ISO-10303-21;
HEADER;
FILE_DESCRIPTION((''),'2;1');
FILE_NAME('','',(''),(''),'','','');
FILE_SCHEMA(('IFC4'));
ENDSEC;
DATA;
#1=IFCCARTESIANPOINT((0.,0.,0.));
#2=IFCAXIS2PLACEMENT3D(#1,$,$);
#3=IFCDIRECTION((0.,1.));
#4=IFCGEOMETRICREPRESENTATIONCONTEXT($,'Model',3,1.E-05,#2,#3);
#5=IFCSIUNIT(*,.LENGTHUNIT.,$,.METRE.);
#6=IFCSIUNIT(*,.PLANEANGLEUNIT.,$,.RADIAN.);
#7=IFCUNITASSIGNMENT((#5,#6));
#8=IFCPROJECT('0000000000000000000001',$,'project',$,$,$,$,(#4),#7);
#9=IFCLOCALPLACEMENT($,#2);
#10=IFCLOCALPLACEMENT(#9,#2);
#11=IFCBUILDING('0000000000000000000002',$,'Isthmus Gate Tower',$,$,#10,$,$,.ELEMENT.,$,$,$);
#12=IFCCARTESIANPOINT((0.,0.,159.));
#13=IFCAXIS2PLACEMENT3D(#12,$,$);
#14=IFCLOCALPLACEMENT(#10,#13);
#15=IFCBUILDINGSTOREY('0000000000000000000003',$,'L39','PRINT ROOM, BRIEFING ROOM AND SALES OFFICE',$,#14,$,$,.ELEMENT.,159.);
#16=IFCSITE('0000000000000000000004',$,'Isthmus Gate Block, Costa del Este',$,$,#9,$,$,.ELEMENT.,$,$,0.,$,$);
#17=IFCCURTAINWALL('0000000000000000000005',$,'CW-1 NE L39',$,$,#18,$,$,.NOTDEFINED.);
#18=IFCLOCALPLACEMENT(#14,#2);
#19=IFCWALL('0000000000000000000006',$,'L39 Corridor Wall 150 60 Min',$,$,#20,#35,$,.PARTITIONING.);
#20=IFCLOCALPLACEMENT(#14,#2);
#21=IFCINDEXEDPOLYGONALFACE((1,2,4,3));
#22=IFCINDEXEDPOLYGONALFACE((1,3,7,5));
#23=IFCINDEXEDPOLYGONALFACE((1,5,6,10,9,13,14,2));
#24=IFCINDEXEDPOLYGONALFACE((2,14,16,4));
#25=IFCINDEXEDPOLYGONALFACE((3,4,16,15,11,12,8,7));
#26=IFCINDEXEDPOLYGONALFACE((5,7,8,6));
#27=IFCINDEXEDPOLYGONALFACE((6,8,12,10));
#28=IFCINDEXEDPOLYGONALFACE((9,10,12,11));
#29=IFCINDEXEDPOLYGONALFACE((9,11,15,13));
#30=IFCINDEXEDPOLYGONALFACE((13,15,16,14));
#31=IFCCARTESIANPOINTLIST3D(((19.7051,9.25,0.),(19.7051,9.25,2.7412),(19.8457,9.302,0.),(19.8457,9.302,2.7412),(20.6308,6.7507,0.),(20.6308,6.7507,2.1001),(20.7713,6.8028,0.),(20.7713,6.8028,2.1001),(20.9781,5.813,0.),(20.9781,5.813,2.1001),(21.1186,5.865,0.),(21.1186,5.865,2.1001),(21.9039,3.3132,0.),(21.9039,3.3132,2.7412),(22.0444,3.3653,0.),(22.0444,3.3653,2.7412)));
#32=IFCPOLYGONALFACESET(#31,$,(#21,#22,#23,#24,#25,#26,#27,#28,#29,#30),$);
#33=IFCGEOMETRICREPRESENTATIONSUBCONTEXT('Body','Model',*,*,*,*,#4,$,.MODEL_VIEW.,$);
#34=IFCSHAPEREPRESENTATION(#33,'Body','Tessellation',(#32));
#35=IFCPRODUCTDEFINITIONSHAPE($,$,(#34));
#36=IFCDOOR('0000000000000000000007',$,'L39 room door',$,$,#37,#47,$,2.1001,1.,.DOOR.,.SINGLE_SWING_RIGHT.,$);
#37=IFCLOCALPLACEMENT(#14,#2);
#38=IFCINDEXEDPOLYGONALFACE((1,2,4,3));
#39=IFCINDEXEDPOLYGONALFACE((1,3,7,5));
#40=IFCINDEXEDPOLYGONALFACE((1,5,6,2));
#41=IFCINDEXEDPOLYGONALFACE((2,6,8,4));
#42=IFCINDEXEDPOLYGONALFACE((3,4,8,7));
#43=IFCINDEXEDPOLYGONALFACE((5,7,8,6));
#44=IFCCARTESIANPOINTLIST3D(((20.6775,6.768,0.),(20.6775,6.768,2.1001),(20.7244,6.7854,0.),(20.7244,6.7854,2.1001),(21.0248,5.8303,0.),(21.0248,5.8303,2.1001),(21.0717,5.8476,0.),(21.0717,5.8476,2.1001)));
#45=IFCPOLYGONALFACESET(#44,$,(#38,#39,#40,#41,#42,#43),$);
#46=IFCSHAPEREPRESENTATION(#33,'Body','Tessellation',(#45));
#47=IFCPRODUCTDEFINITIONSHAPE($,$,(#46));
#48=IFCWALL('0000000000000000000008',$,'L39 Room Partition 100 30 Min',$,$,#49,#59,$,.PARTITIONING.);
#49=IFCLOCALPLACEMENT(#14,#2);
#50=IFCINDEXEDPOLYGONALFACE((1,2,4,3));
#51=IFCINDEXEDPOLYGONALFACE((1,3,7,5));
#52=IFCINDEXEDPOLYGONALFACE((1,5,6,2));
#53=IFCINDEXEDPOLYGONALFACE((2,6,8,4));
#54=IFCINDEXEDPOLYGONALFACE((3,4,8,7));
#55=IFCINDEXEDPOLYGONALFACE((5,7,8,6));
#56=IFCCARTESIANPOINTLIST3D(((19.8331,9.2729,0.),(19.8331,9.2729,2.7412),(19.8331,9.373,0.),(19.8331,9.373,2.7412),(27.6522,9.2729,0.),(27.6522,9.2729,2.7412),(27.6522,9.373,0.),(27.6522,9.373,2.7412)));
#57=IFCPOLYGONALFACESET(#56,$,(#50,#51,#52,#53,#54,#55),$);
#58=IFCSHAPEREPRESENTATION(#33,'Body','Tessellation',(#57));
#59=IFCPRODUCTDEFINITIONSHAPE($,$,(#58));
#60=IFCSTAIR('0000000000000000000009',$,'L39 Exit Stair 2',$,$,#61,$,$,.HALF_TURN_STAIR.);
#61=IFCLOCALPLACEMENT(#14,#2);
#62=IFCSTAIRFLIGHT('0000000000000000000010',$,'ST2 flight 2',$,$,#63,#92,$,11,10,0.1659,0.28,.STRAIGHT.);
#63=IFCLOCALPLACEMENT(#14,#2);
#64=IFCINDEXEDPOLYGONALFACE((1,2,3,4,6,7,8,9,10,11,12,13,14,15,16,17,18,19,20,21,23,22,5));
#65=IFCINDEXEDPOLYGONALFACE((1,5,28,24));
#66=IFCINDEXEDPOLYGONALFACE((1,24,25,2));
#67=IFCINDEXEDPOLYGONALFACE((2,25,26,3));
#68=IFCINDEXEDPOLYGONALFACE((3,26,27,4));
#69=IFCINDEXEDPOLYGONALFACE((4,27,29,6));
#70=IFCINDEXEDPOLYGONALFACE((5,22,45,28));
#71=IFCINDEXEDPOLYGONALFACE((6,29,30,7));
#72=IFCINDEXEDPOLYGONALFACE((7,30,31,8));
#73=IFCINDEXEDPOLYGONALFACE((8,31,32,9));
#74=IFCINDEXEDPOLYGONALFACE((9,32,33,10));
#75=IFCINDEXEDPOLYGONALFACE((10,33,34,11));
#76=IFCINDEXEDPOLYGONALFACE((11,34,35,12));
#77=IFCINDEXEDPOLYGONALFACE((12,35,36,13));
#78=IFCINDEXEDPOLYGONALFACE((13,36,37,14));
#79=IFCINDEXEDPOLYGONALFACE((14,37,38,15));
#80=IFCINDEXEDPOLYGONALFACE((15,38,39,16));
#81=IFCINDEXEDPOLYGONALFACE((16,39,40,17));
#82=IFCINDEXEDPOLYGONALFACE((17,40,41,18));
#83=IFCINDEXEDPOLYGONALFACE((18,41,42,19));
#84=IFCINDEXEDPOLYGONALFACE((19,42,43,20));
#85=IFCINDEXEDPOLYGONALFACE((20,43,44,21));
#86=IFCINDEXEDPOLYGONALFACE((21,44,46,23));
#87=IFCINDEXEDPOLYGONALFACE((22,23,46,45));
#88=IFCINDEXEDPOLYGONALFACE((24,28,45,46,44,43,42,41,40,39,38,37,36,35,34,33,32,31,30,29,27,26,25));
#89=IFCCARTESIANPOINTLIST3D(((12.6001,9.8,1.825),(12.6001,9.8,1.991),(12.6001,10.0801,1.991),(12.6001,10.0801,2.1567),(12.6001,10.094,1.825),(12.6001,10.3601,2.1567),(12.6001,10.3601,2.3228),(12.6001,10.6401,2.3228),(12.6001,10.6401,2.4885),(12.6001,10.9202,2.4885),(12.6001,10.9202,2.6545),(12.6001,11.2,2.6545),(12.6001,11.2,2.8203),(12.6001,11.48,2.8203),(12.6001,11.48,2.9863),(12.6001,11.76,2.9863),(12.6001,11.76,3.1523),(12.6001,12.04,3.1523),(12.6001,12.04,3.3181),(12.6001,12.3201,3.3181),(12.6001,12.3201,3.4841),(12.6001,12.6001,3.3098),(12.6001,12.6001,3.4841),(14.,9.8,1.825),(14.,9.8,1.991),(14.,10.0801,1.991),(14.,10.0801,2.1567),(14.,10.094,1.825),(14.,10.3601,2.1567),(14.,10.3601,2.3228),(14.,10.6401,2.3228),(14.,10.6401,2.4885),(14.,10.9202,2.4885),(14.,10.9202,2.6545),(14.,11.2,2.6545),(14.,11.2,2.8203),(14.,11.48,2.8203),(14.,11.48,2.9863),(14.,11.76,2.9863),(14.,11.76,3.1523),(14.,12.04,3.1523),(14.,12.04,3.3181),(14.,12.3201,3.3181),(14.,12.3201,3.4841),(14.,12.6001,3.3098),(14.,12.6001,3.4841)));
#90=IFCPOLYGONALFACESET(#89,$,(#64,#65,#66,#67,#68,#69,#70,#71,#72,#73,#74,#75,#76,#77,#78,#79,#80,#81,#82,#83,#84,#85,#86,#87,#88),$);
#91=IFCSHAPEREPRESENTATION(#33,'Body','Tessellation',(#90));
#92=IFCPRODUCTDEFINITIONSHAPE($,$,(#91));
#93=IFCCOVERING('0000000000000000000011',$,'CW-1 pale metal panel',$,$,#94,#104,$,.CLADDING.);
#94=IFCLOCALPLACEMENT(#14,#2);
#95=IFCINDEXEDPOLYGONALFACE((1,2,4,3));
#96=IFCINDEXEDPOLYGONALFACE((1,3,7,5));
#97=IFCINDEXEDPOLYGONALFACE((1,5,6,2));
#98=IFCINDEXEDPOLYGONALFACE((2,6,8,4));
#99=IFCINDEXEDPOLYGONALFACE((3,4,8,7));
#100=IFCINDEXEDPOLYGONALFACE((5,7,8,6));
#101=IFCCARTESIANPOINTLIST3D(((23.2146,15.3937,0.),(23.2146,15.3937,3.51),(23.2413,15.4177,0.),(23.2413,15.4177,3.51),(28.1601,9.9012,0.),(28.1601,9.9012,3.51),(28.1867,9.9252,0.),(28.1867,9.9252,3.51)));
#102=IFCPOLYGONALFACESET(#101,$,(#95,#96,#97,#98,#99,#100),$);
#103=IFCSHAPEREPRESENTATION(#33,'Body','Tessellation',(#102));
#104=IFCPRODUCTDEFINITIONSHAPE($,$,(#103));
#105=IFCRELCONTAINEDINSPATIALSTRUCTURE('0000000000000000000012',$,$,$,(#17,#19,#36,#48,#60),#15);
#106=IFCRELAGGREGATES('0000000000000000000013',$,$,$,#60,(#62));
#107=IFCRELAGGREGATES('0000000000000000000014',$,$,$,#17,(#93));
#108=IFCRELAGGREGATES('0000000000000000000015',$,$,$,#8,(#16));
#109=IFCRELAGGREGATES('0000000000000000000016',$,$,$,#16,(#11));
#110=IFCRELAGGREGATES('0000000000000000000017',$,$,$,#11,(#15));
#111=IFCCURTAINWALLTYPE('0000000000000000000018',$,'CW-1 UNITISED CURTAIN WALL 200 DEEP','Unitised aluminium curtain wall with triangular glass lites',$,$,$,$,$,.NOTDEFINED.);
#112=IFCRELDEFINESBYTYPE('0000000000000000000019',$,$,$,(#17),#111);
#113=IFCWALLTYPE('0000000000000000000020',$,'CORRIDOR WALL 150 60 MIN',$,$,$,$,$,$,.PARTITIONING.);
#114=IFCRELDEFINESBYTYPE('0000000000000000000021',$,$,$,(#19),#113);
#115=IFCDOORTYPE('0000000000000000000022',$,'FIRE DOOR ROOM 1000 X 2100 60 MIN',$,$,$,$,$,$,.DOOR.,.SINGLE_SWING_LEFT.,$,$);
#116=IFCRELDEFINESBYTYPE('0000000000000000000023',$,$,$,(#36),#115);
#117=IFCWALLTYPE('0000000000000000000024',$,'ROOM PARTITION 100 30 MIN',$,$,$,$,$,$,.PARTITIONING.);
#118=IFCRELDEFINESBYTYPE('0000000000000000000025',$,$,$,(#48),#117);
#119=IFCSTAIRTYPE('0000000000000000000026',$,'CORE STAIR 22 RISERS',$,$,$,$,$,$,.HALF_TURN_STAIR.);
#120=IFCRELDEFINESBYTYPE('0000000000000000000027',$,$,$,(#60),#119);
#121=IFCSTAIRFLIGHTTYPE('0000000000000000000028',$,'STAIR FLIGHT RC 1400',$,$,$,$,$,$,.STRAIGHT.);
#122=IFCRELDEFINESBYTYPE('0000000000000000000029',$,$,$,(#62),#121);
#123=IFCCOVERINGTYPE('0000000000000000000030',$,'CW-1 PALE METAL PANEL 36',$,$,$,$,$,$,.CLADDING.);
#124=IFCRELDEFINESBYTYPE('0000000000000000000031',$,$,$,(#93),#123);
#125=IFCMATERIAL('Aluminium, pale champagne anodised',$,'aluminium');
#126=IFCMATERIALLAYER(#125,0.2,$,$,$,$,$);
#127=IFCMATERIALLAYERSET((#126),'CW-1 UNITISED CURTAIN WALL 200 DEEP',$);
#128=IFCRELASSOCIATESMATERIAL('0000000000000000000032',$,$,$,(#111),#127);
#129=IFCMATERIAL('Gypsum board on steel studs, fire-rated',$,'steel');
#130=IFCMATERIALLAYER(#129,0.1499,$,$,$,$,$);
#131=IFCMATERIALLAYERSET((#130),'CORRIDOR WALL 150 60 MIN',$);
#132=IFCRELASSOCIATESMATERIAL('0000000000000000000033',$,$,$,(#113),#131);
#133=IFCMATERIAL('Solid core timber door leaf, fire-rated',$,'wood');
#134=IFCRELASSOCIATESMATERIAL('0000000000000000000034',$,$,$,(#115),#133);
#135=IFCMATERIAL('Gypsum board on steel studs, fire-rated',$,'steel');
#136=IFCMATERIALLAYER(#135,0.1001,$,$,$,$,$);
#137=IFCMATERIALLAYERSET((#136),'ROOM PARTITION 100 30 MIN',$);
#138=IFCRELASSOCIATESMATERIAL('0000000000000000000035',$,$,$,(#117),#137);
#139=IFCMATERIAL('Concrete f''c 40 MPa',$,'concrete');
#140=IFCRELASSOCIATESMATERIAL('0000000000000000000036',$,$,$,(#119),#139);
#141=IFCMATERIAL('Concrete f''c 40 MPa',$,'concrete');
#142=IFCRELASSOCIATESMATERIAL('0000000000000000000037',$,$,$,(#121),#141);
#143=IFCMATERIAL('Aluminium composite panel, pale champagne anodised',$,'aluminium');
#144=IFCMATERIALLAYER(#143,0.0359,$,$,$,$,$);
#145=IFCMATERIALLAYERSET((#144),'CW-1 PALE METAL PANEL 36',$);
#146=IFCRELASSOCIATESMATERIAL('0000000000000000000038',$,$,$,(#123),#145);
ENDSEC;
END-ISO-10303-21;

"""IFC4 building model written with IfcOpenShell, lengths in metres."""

from ifc_helpers import new_model, si_unit, direction, frame, frame_2d, origin, origin_2d, place, context, subcontext, project, spatial, polyline, rectangle, outline, extrude, material, layer, layer_set, type_object, element, fill, aggregate, save


model = new_model("IFC4")

# Units and contexts
model_context = context("Model", 3, precision=1e-05, world=origin(), true_north=direction((0.0, 1.0)))
body_context = subcontext(model_context, "Body", "Model", "MODEL_VIEW")
ifc_project = project(units=[si_unit("LENGTHUNIT", "METRE"), si_unit("PLANEANGLEUNIT", "RADIAN")], contexts=[model_context])

# Site, building, storey
site_placement = place(None, origin())
site = spatial("IfcSite", under=ifc_project, at=site_placement, Name="Isthmus Gate Block, Costa del Este", CompositionType="ELEMENT", RefElevation=0.0)
building_placement = place(site_placement, origin())
building = spatial("IfcBuilding", under=site, at=building_placement, Name="Isthmus Gate Tower", CompositionType="ELEMENT")
storey_placement = place(building_placement, frame((0.0, 0.0, 159.0)))
storey = spatial("IfcBuildingStorey", under=building, at=storey_placement, Name="L39", Description="PRINT ROOM, BRIEFING ROOM AND SALES OFFICE", CompositionType="ELEMENT", Elevation=159.0)

# Curtain wall
ifc_material_1 = material(Name="Aluminium, pale champagne anodised", Category="aluminium")
ifc_layer_1 = layer(ifc_material_1, 0.2)
ifc_layer_set_1 = layer_set([ifc_layer_1], Name="CW-1 UNITISED CURTAIN WALL 200 DEEP")
curtain_wall_type_1 = type_object("IfcCurtainWallType", Name="CW-1 UNITISED CURTAIN WALL 200 DEEP", Description="Unitised aluminium curtain wall with triangular glass lites", PredefinedType="NOTDEFINED", material=ifc_layer_set_1)
curtain_wall_1_placement = place(storey_placement, origin())
curtain_wall_1 = element("IfcCurtainWall", 1, at=curtain_wall_1_placement, inside=storey, type_object=curtain_wall_type_1, Name="CW-1 NE L39", PredefinedType="NOTDEFINED")

# Wall, opening, door
ifc_material_2 = material(Name="Gypsum board on steel studs, fire-rated", Category="steel")
ifc_layer_2 = layer(ifc_material_2, 0.1499)
ifc_layer_set_2 = layer_set([ifc_layer_2], Name="CORRIDOR WALL 150 60 MIN")
wall_type_1 = type_object("IfcWallType", Name="CORRIDOR WALL 150 60 MIN", PredefinedType="PARTITIONING", material=ifc_layer_set_2)
wall_1_placement = place(storey_placement, frame((19.7754, 9.2761, 0.0), z_axis=(0.0, 0.0, 1.0), x_axis=(0.347304, -0.937752, 0.0)))
wall_1 = element("IfcWall", 2, at=wall_1_placement, inside=storey, type_object=wall_type_1, Name="L39 Corridor Wall 150 60 Min", PredefinedType="PARTITIONING", context=body_context, shape_type="SweptSolid", body=[
    extrude(rectangle(XDim=6.3308, YDim=0.1499, at=frame_2d((3.1655, 0.0))), origin(), (0.0, 0.0, 1.0), 2.7412),
])
opening_1_placement = place(wall_1_placement, frame((2.6653, 0.0, 0.0)))
opening_1 = element("IfcOpeningElement", 3, at=opening_1_placement, cuts=wall_1, PredefinedType="OPENING", context=body_context, shape_type="SweptSolid", body=[
    extrude(rectangle(XDim=1.0, YDim=2.1001, at=frame_2d((0.5, 1.05))), frame((0.0, 0.085, 0.0), z_axis=(0.0, -1.0, 0.0), x_axis=(1.0, 0.0, 0.0)), (0.0, 0.0, 1.0), 0.1699),
])
ifc_material_3 = material(Name="Solid core timber door leaf, fire-rated", Category="wood")
door_type_1 = type_object("IfcDoorType", Name="FIRE DOOR ROOM 1000 X 2100 60 MIN", OperationType="SINGLE_SWING_LEFT", PredefinedType="DOOR", material=ifc_material_3)
door_1_placement = place(opening_1_placement, origin())
door_1 = element("IfcDoor", 4, at=door_1_placement, inside=storey, type_object=door_type_1, Name="L39 room door", OperationType="SINGLE_SWING_RIGHT", OverallHeight=2.1001, OverallWidth=1.0, PredefinedType="DOOR", context=body_context, shape_type="SweptSolid", body=[
    extrude(rectangle(XDim=1.0, YDim=2.1001, at=frame_2d((0.5, 1.05))), frame((0.0, 0.0249, 0.0), z_axis=(0.0, -1.0, 0.0), x_axis=(1.0, 0.0, 0.0)), (0.0, 0.0, 1.0), 0.05),
])
fill(opening_1, door_1)

# Wall
ifc_material_4 = material(Name="Gypsum board on steel studs, fire-rated", Category="steel")
ifc_layer_3 = layer(ifc_material_4, 0.1001)
ifc_layer_set_3 = layer_set([ifc_layer_3], Name="ROOM PARTITION 100 30 MIN")
wall_type_2 = type_object("IfcWallType", Name="ROOM PARTITION 100 30 MIN", PredefinedType="PARTITIONING", material=ifc_layer_set_3)
wall_2_placement = place(storey_placement, frame((19.833, 9.323, 0.0), z_axis=(0.0, 0.0, 1.0), x_axis=(1.0, 0.0, 0.0)))
element("IfcWall", 5, at=wall_2_placement, inside=storey, type_object=wall_type_2, Name="L39 Room Partition 100 30 Min", PredefinedType="PARTITIONING", context=body_context, shape_type="SweptSolid", body=[
    extrude(rectangle(XDim=7.8191, YDim=0.1001, at=frame_2d((3.9097, 0.0))), origin(), (0.0, 0.0, 1.0), 2.7412),
])

# Stair, stair flight
ifc_material_5 = material(Name="Concrete f'c 40 MPa", Category="concrete")
stair_type = type_object("IfcStairType", Name="CORE STAIR 22 RISERS", PredefinedType="HALF_TURN_STAIR", material=ifc_material_5)
stair_placement = place(storey_placement, origin())
stair = element("IfcStair", 6, at=stair_placement, inside=storey, type_object=stair_type, Name="L39 Exit Stair 2", PredefinedType="HALF_TURN_STAIR")
ifc_material_6 = material(Name="Concrete f'c 40 MPa", Category="concrete")
stair_flight_type = type_object("IfcStairFlightType", Name="STAIR FLIGHT RC 1400", PredefinedType="STRAIGHT", material=ifc_material_6)
stair_flight_placement = place(storey_placement, frame((13.3, 9.8, 1.825), z_axis=(0.0, 0.0, 1.0), x_axis=(0.0, 1.0, 0.0)))
stair_flight = element("IfcStairFlight", 7, at=stair_flight_placement, type_object=stair_flight_type, Name="ST2 flight 2", NumberOfRisers=11, NumberOfTreads=10, PredefinedType="STRAIGHT", RiserHeight=0.1659, TreadLength=0.28, context=body_context, shape_type="SweptSolid", body=[
    extrude(outline(polyline([(0.0, 0.0), (0.0, 0.166), (0.28, 0.166), (0.28, 0.3318), (0.5601, 0.3318), (0.5601, 0.4978), (0.8401, 0.4978), (0.8401, 0.6636), (1.1201, 0.6636), (1.1201, 0.8296), (1.3999, 0.8296), (1.3999, 0.9954), (1.6799, 0.9954), (1.6799, 1.1614), (1.96, 1.1614), (1.96, 1.3274), (2.24, 1.3274), (2.24, 1.4932), (2.52, 1.4932), (2.52, 1.6592), (2.8, 1.6592), (2.8, 1.825), (2.8, 1.4849), (0.2939, 0.0), (0.0, 0.0)])), frame((0.0, 0.7, 0.0), z_axis=(0.0, -1.0, 0.0), x_axis=(1.0, 0.0, 0.0)), (0.0, 0.0, 1.0), 1.3999),
])
aggregate(stair, [stair_flight])

# Covering
ifc_material_7 = material(Name="Aluminium composite panel, pale champagne anodised", Category="aluminium")
ifc_layer_4 = layer(ifc_material_7, 0.0359)
ifc_layer_set_4 = layer_set([ifc_layer_4], Name="CW-1 PALE METAL PANEL 36")
covering_type = type_object("IfcCoveringType", Name="CW-1 PALE METAL PANEL 36", PredefinedType="CLADDING", material=ifc_layer_set_4)
covering_placement = place(storey_placement, frame((25.7007, 12.6594, 0.0), z_axis=(0.0, 0.0, 1.0), x_axis=(-0.669131, 0.743145, 0.0)))
covering = element("IfcCovering", 8, at=covering_placement, type_object=covering_type, Name="CW-1 pale metal panel", PredefinedType="CLADDING", context=body_context, shape_type="SweptSolid", body=[
    extrude(rectangle(XDim=7.3909, YDim=0.0359, at=origin_2d()), origin(), (0.0, 0.0, 1.0), 3.51),
])
aggregate(curtain_wall_1, [covering])

save(model, "model.ifc")
